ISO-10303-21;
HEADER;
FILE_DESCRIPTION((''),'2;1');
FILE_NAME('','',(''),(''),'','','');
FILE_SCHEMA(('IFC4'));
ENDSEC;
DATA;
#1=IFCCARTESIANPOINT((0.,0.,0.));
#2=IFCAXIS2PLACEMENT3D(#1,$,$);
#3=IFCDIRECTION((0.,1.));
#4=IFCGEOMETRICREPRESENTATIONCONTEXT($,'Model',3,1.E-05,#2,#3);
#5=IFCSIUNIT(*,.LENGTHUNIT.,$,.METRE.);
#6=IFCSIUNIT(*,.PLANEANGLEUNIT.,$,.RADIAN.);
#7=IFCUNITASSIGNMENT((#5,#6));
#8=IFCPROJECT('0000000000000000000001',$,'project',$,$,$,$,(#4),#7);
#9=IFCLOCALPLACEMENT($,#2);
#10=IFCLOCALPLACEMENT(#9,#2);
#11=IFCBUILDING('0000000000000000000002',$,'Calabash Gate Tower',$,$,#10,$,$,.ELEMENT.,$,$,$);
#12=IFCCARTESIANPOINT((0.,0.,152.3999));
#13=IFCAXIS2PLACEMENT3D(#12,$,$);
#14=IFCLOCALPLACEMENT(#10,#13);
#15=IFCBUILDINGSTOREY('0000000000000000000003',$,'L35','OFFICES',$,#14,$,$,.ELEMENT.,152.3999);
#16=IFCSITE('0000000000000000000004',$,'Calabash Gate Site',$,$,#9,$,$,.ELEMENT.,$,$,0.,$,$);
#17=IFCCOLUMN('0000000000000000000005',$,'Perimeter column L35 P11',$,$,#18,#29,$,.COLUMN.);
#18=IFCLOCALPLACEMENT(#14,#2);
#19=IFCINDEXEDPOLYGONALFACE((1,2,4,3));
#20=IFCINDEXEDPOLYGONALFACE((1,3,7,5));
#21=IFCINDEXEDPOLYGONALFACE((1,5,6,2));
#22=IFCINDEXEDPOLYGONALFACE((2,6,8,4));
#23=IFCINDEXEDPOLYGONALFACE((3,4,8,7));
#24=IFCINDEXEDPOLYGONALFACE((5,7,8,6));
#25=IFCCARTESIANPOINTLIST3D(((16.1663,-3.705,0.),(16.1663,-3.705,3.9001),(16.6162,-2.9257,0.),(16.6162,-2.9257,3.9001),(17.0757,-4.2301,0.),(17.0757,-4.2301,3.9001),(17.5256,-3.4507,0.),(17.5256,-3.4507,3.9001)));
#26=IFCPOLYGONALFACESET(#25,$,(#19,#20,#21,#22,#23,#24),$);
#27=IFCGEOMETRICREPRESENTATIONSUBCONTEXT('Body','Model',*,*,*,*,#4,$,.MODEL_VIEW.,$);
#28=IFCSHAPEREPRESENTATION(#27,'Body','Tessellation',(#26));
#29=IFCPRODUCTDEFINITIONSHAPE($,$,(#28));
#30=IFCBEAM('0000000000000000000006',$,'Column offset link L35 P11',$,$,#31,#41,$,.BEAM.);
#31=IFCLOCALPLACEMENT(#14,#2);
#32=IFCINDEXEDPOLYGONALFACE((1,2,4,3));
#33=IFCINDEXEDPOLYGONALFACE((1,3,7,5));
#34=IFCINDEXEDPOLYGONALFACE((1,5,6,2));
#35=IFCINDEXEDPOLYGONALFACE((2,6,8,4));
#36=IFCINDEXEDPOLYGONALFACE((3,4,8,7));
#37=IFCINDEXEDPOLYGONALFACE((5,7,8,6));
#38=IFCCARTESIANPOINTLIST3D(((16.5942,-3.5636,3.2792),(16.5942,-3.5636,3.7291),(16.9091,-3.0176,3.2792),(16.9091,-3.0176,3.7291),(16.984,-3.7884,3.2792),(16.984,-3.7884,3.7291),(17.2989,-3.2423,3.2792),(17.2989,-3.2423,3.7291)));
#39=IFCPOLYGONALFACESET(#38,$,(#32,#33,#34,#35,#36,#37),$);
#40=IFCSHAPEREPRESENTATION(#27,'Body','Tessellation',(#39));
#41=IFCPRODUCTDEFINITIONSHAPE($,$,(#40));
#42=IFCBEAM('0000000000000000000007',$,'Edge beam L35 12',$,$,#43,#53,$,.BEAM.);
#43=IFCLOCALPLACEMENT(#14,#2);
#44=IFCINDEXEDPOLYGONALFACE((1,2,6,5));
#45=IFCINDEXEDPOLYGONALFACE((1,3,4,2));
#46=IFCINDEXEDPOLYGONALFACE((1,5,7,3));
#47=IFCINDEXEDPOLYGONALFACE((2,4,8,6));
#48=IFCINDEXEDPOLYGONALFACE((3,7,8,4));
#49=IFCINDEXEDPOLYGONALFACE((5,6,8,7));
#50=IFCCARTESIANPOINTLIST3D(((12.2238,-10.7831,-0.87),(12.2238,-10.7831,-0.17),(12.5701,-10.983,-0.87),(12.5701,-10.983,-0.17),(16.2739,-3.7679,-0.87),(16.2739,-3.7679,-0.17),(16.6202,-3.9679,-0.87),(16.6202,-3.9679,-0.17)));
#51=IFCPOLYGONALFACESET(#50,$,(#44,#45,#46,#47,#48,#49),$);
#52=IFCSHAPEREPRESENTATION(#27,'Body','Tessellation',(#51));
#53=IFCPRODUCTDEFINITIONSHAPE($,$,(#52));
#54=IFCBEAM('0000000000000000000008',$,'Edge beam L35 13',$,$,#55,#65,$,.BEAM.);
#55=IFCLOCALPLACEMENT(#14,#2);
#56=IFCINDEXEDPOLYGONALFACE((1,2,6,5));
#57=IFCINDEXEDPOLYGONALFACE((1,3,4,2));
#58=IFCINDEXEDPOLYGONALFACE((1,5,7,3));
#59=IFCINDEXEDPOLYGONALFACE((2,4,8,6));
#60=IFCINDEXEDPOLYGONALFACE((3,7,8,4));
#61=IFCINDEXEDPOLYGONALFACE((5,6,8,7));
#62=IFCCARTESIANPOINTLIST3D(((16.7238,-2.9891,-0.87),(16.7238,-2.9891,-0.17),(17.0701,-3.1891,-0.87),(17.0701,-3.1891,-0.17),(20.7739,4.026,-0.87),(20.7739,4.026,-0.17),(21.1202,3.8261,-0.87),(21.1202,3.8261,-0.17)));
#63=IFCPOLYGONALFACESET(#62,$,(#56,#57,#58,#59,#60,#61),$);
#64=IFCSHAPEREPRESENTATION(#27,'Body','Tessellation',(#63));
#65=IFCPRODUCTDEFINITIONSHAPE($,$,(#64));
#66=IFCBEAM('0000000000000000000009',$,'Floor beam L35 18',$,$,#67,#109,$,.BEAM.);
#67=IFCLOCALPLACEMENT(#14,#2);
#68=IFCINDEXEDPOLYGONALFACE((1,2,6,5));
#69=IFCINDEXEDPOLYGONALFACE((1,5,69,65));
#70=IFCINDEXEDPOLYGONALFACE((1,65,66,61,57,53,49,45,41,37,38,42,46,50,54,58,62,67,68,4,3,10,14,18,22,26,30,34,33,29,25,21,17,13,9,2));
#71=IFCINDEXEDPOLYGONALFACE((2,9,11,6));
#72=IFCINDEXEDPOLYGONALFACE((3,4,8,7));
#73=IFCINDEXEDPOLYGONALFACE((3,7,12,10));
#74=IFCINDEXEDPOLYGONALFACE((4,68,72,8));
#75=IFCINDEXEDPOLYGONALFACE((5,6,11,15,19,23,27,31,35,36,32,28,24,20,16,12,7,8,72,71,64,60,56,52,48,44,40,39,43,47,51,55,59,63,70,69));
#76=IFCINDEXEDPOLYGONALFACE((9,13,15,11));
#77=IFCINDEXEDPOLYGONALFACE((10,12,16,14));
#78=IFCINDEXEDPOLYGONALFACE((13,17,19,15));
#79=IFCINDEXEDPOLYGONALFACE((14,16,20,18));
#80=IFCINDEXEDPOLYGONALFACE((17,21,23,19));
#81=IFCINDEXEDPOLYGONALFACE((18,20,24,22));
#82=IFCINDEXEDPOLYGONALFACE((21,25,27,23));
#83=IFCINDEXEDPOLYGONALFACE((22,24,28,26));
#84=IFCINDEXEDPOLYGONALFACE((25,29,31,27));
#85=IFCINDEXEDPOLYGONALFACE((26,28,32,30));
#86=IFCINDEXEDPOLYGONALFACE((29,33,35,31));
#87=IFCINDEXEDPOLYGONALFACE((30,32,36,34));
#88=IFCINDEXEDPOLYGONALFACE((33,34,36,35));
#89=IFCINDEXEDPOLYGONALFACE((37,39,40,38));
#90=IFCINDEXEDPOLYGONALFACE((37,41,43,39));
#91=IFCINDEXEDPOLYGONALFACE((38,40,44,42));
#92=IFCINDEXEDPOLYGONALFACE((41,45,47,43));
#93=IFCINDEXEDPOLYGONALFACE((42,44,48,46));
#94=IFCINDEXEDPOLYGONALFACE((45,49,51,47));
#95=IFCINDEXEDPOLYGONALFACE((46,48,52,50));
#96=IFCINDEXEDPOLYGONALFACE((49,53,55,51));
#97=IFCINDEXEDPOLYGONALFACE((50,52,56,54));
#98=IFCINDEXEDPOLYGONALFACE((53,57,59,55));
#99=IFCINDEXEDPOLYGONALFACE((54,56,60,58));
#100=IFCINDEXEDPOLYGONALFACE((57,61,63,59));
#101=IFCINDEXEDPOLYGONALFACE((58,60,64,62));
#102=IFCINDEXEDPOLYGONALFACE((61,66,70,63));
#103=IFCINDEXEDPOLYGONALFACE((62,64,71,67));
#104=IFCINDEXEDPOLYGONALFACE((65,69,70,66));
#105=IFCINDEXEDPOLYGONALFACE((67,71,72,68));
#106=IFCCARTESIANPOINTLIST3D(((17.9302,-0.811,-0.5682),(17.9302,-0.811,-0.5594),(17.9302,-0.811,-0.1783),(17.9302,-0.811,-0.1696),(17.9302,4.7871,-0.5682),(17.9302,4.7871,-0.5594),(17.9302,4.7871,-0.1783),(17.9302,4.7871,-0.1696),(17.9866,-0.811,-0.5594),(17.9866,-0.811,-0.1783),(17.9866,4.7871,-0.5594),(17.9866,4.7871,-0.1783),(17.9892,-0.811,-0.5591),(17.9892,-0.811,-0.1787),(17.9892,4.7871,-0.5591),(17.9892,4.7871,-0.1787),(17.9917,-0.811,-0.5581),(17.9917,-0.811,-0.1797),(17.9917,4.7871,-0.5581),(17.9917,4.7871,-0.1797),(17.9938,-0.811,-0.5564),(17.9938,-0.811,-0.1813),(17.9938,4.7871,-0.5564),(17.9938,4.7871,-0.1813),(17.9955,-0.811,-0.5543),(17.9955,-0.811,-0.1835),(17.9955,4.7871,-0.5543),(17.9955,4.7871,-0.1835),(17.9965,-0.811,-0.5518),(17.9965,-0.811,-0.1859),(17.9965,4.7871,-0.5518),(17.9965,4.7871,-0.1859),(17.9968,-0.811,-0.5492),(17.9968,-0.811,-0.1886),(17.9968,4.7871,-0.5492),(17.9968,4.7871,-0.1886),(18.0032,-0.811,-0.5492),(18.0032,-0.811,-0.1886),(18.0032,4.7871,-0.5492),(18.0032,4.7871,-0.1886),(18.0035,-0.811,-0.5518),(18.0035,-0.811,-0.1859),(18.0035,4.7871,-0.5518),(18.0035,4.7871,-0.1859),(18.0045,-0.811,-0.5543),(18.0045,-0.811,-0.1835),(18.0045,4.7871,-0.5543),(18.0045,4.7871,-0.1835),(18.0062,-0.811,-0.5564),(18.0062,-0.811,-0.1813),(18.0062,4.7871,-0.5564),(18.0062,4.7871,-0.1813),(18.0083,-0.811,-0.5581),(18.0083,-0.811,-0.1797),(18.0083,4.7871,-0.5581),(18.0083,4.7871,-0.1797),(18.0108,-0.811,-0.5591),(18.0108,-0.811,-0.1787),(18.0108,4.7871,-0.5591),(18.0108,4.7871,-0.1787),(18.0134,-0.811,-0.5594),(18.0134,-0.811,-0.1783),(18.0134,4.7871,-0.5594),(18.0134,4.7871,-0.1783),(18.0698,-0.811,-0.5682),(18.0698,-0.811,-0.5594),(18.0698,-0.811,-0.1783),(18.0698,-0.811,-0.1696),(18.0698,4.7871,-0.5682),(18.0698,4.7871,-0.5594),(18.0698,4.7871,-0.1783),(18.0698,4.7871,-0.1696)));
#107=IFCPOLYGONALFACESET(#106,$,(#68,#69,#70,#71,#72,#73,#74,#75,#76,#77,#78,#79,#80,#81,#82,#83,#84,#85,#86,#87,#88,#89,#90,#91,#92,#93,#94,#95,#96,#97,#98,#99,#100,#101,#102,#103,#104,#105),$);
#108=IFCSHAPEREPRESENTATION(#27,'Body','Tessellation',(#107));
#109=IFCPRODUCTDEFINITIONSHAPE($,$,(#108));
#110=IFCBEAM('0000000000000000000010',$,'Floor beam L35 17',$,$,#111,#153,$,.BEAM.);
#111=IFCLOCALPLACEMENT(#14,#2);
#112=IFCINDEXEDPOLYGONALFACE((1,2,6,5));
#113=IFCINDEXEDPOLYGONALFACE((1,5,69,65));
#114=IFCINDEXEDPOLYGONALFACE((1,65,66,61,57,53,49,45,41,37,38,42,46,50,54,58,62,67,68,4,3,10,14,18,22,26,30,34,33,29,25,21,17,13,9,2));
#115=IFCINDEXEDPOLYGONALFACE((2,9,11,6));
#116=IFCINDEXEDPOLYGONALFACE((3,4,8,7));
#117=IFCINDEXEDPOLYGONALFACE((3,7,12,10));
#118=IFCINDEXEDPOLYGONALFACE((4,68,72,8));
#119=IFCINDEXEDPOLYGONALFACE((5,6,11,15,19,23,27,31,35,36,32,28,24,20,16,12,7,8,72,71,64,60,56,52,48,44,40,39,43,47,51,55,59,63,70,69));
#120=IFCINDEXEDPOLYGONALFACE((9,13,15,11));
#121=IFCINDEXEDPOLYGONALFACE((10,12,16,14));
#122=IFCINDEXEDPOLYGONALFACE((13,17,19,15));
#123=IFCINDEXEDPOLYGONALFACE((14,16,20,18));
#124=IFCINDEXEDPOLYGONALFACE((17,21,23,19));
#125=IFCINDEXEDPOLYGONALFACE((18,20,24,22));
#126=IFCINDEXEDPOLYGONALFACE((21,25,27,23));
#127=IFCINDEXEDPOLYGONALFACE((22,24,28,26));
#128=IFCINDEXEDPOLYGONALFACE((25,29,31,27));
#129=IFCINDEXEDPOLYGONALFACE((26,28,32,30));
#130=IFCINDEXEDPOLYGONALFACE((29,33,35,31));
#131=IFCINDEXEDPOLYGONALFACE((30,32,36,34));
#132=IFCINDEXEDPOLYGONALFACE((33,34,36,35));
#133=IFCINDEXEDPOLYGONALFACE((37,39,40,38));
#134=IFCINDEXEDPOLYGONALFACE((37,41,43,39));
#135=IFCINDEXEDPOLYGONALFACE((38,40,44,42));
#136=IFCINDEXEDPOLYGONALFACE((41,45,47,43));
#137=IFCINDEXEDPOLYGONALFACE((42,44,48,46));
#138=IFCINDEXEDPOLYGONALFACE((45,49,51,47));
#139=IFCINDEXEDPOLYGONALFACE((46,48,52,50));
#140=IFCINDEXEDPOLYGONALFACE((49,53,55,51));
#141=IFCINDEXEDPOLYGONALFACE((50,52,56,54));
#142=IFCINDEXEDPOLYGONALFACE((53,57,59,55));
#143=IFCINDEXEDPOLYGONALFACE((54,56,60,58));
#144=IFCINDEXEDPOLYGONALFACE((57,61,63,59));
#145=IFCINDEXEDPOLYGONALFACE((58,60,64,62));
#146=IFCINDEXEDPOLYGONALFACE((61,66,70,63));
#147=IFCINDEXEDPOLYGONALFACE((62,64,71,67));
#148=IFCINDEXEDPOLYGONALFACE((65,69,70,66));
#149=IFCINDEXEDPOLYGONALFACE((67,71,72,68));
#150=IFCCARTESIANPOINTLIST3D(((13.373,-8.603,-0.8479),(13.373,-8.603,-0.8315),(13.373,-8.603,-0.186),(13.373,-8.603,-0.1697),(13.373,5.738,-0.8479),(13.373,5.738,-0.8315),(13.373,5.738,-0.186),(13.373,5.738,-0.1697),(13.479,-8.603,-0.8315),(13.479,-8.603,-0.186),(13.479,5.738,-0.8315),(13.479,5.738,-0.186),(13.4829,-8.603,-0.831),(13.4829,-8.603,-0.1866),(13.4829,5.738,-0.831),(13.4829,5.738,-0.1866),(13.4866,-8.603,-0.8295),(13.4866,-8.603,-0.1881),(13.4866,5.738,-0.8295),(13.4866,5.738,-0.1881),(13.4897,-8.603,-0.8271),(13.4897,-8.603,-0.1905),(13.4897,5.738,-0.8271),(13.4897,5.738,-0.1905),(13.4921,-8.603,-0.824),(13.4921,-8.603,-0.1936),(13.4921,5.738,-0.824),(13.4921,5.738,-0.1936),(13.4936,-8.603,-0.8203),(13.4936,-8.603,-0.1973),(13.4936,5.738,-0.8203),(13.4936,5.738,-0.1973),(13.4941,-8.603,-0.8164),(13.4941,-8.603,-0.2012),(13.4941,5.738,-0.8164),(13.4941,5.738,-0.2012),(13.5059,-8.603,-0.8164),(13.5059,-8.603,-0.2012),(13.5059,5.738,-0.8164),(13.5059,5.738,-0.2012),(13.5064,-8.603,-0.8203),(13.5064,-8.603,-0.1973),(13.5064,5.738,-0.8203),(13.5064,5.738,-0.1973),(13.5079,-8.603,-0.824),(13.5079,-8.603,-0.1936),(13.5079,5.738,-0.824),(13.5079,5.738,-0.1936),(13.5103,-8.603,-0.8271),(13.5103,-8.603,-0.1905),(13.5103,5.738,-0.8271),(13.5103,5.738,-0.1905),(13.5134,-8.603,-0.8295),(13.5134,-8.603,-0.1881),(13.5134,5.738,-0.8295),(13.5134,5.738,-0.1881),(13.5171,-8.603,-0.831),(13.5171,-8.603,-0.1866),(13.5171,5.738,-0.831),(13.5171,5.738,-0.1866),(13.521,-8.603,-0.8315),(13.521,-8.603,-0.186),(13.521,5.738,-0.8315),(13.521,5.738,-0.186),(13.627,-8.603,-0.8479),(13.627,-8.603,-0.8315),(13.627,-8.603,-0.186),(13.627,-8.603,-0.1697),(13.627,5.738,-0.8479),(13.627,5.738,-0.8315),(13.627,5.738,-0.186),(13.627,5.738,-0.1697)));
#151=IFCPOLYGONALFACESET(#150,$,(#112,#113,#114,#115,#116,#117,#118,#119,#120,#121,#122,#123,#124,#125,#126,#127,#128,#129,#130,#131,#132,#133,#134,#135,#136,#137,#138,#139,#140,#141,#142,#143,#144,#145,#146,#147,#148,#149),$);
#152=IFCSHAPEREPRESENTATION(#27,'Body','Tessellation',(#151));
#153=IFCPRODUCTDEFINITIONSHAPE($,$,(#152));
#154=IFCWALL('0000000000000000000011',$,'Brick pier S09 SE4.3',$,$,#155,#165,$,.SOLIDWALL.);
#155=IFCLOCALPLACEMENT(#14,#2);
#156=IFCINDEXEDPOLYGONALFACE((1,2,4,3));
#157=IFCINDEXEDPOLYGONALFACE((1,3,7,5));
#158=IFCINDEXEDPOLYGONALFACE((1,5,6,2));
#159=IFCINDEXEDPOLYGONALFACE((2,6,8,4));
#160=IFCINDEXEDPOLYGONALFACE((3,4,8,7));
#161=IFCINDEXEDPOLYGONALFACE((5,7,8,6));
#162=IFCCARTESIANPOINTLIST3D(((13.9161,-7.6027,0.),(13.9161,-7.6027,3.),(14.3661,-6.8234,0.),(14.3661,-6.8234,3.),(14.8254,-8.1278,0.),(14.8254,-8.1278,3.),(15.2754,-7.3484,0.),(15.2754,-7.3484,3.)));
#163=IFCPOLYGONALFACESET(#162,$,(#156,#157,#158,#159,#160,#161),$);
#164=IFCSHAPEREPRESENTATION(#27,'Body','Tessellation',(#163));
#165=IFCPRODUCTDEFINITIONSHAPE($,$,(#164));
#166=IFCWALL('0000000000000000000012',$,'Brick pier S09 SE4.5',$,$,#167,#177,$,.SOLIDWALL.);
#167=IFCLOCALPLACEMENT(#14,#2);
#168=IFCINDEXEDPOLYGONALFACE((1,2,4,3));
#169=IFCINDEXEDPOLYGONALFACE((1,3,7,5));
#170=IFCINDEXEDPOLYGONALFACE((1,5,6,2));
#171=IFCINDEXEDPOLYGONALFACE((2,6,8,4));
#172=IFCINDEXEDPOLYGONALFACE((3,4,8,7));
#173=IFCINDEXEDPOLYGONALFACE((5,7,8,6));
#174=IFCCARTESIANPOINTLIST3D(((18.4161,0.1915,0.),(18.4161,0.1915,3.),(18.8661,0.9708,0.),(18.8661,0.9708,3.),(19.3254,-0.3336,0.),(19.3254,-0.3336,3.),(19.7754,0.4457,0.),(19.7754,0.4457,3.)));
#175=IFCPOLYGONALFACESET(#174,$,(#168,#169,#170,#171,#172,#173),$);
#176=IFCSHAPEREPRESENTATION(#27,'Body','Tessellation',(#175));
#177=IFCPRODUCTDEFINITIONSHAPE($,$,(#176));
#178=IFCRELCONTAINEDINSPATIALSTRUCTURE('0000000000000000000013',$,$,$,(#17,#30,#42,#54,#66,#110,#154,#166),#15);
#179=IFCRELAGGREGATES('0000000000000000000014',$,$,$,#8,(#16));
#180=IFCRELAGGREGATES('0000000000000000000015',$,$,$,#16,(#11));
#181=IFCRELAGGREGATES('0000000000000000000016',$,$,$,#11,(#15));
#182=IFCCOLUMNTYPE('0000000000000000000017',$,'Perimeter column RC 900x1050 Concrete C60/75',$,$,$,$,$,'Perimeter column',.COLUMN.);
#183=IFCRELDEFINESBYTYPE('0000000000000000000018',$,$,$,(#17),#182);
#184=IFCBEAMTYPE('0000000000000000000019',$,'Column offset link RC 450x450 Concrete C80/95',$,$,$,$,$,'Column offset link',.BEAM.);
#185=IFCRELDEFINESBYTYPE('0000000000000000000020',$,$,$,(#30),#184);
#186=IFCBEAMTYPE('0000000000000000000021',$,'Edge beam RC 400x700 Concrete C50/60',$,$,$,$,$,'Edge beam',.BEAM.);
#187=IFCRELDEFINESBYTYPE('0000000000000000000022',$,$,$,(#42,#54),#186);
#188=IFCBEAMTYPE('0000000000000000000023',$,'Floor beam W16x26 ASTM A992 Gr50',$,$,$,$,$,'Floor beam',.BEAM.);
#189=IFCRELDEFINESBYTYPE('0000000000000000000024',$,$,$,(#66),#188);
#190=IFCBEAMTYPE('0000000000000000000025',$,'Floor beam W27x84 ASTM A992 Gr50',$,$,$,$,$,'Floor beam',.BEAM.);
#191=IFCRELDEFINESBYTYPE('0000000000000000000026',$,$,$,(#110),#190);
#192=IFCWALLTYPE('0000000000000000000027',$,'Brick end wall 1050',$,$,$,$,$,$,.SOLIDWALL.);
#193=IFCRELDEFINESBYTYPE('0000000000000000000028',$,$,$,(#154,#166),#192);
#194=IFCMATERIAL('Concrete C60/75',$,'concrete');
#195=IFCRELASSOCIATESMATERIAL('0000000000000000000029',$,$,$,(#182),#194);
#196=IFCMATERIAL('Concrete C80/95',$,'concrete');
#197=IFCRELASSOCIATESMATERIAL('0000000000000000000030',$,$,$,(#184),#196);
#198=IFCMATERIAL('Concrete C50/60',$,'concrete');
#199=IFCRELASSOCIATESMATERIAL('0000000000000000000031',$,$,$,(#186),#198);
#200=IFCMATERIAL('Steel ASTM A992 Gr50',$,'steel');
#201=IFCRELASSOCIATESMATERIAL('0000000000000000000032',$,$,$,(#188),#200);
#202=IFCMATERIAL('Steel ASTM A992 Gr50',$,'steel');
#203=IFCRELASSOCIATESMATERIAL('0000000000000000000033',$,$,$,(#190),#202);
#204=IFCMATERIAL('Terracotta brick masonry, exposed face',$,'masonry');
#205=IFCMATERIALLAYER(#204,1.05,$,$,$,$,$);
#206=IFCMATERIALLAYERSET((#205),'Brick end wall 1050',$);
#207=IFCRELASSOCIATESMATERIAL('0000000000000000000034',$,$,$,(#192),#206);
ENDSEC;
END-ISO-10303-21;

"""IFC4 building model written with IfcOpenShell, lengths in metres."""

from ifc_helpers import new_model, si_unit, direction, frame, frame_2d, origin, origin_2d, place, context, subcontext, project, spatial, rectangle, i_section, extrude, material, layer, layer_set, material_profile, profile_set, type_object, element, save


model = new_model("IFC4")

# Units and contexts
model_context = context("Model", 3, precision=1e-05, world=origin(), true_north=direction((0.0, 1.0)))
body_context = subcontext(model_context, "Body", "Model", "MODEL_VIEW")
ifc_project = project(units=[si_unit("LENGTHUNIT", "METRE"), si_unit("PLANEANGLEUNIT", "RADIAN")], contexts=[model_context])

# Site, building, storey
site_placement = place(None, origin())
site = spatial("IfcSite", under=ifc_project, at=site_placement, Name="Calabash Gate Site", CompositionType="ELEMENT", RefElevation=0.0)
building_placement = place(site_placement, origin())
building = spatial("IfcBuilding", under=site, at=building_placement, Name="Calabash Gate Tower", CompositionType="ELEMENT")
storey_placement = place(building_placement, frame((0.0, 0.0, 152.3999)))
storey = spatial("IfcBuildingStorey", under=building, at=storey_placement, Name="L35", Description="OFFICES", CompositionType="ELEMENT", Elevation=152.3999)

# Column
ifc_material_1 = material(Name="Concrete C60/75", Category="concrete")
ifc_material_profile_1 = material_profile(ifc_material_1, rectangle(XDim=0.8999, YDim=1.05, at=origin_2d()))
ifc_profile_set_1 = profile_set([ifc_material_profile_1], Name="Concrete C60/75")
column_type = type_object("IfcColumnType", Name="Perimeter column RC 900x1050 Concrete C60/75", ElementType="Perimeter column", PredefinedType="COLUMN", material=ifc_profile_set_1)
column_placement = place(storey_placement, frame((16.8459, -3.5779, 0.0), z_axis=(0.0, 0.0, 1.0), x_axis=(0.5, 0.866025, 0.0)))
element("IfcColumn", 1, at=column_placement, inside=storey, type_object=column_type, Name="Perimeter column L35 P11", PredefinedType="COLUMN", context=body_context, shape_type="SweptSolid", body=[
    extrude(rectangle(XDim=0.8999, YDim=1.05, at=origin_2d()), origin(), (0.0, 0.0, 1.0), 3.9001),
])

# Beams
ifc_material_2 = material(Name="Concrete C80/95", Category="concrete")
ifc_material_profile_2 = material_profile(ifc_material_2, rectangle(XDim=0.45, YDim=0.45, at=origin_2d()))
ifc_profile_set_2 = profile_set([ifc_material_profile_2], Name="Concrete C80/95")
beam_type_1 = type_object("IfcBeamType", Name="Column offset link RC 450x450 Concrete C80/95", ElementType="Column offset link", PredefinedType="BEAM", material=ifc_profile_set_2)
beam_1_placement = place(storey_placement, frame((16.7891, -3.676, 3.5042), z_axis=(0.499555, 0.866282, 0.0), x_axis=(-0.866282, 0.499555, 0.0)))
element("IfcBeam", 2, at=beam_1_placement, inside=storey, type_object=beam_type_1, Name="Column offset link L35 P11", PredefinedType="BEAM", context=body_context, shape_type="SweptSolid", body=[
    extrude(rectangle(XDim=0.45, YDim=0.45, at=origin_2d()), origin(), (0.0, 0.0, 1.0), 0.6304),
])
ifc_material_3 = material(Name="Concrete C50/60", Category="concrete")
ifc_material_profile_3 = material_profile(ifc_material_3, rectangle(XDim=0.3999, YDim=0.7, at=origin_2d()))
ifc_profile_set_3 = profile_set([ifc_material_profile_3], Name="Concrete C50/60")
beam_type_2 = type_object("IfcBeamType", Name="Edge beam RC 400x700 Concrete C50/60", ElementType="Edge beam", PredefinedType="BEAM", material=ifc_profile_set_3)
for number, where, z_axis, x_axis, name in (
    (3, (12.397, -10.8831, -0.52), (0.499987, 0.866033, 0.0), (-0.866033, 0.499987, 0.0), "Edge beam L35 12"),
    (4, (16.897, -3.0891, -0.52), (0.499987, 0.866033, 0.0), (-0.866033, 0.499987, 0.0), "Edge beam L35 13"),
):
    element("IfcBeam", number, at=place(storey_placement, frame(where, z_axis=z_axis, x_axis=x_axis)), inside=storey, type_object=beam_type_2, Name=name, PredefinedType="BEAM", context=body_context, shape_type="SweptSolid", body=[
        extrude(rectangle(XDim=0.3999, YDim=0.7, at=origin_2d()), origin(), (0.0, 0.0, 1.0), 8.1003),
    ])
ifc_material_4 = material(Name="Steel ASTM A992 Gr50", Category="steel")
ifc_material_profile_4 = material_profile(ifc_material_4, i_section(OverallWidth=0.1396, OverallDepth=0.3987, WebThickness=0.0063, FlangeThickness=0.0088, FilletRadius=0.0103, at=origin_2d()))
ifc_profile_set_4 = profile_set([ifc_material_profile_4], Name="Steel ASTM A992 Gr50")
beam_type_3 = type_object("IfcBeamType", Name="Floor beam W16x26 ASTM A992 Gr50", ElementType="Floor beam", PredefinedType="BEAM", material=ifc_profile_set_4)
beam_2_placement = place(storey_placement, frame((18.0, -0.811, -0.3689), z_axis=(0.0, 1.0, 0.0), x_axis=(-1.0, 0.0, 0.0)))
element("IfcBeam", 5, at=beam_2_placement, inside=storey, type_object=beam_type_3, Name="Floor beam L35 18", PredefinedType="BEAM", context=body_context, shape_type="SweptSolid", body=[
    extrude(i_section(OverallWidth=0.1396, OverallDepth=0.3987, WebThickness=0.0063, FlangeThickness=0.0088, FilletRadius=0.0103, at=origin_2d()), origin(), (0.0, 0.0, 1.0), 5.5981),
])
ifc_material_5 = material(Name="Steel ASTM A992 Gr50", Category="steel")
ifc_material_profile_5 = material_profile(ifc_material_5, i_section(OverallWidth=0.2539, OverallDepth=0.6782, WebThickness=0.0117, FlangeThickness=0.0164, FilletRadius=0.0151, at=origin_2d()))
ifc_profile_set_5 = profile_set([ifc_material_profile_5], Name="Steel ASTM A992 Gr50")
beam_type_4 = type_object("IfcBeamType", Name="Floor beam W27x84 ASTM A992 Gr50", ElementType="Floor beam", PredefinedType="BEAM", material=ifc_profile_set_5)
beam_3_placement = place(storey_placement, frame((13.5, -8.603, -0.5088), z_axis=(0.0, 1.0, 0.0), x_axis=(-1.0, 0.0, 0.0)))
element("IfcBeam", 6, at=beam_3_placement, inside=storey, type_object=beam_type_4, Name="Floor beam L35 17", PredefinedType="BEAM", context=body_context, shape_type="SweptSolid", body=[
    extrude(i_section(OverallWidth=0.2539, OverallDepth=0.6782, WebThickness=0.0117, FlangeThickness=0.0164, FilletRadius=0.0151, at=origin_2d()), origin(), (0.0, 0.0, 1.0), 14.3411),
])

# Walls
ifc_material_6 = material(Name="Terracotta brick masonry, exposed face", Category="masonry")
ifc_layer_1 = layer(ifc_material_6, 1.05)
ifc_layer_set_1 = layer_set([ifc_layer_1], Name="Brick end wall 1050")
wall_type_1 = type_object("IfcWallType", Name="Brick end wall 1050", PredefinedType="SOLIDWALL", material=ifc_layer_set_1)
for number, where, z_axis, x_axis, name in (
    (7, (15.0503, -7.738, 0.0), (0.0, 0.0, 1.0), (-0.865988, 0.500065, 0.0), "Brick pier S09 SE4.3"),
    (8, (19.5503, 0.0562, 0.0), (0.0, 0.0, 1.0), (-0.865988, 0.500065, 0.0), "Brick pier S09 SE4.5"),
):
    element("IfcWall", number, at=place(storey_placement, frame(where, z_axis=z_axis, x_axis=x_axis)), inside=storey, type_object=wall_type_1, Name=name, PredefinedType="SOLIDWALL", context=body_context, shape_type="SweptSolid", body=[
        extrude(rectangle(XDim=1.05, YDim=0.8999, at=frame_2d((0.5249, 0.0))), origin(), (0.0, 0.0, 1.0), 3.0),
    ])

save(model, "model.ifc")
